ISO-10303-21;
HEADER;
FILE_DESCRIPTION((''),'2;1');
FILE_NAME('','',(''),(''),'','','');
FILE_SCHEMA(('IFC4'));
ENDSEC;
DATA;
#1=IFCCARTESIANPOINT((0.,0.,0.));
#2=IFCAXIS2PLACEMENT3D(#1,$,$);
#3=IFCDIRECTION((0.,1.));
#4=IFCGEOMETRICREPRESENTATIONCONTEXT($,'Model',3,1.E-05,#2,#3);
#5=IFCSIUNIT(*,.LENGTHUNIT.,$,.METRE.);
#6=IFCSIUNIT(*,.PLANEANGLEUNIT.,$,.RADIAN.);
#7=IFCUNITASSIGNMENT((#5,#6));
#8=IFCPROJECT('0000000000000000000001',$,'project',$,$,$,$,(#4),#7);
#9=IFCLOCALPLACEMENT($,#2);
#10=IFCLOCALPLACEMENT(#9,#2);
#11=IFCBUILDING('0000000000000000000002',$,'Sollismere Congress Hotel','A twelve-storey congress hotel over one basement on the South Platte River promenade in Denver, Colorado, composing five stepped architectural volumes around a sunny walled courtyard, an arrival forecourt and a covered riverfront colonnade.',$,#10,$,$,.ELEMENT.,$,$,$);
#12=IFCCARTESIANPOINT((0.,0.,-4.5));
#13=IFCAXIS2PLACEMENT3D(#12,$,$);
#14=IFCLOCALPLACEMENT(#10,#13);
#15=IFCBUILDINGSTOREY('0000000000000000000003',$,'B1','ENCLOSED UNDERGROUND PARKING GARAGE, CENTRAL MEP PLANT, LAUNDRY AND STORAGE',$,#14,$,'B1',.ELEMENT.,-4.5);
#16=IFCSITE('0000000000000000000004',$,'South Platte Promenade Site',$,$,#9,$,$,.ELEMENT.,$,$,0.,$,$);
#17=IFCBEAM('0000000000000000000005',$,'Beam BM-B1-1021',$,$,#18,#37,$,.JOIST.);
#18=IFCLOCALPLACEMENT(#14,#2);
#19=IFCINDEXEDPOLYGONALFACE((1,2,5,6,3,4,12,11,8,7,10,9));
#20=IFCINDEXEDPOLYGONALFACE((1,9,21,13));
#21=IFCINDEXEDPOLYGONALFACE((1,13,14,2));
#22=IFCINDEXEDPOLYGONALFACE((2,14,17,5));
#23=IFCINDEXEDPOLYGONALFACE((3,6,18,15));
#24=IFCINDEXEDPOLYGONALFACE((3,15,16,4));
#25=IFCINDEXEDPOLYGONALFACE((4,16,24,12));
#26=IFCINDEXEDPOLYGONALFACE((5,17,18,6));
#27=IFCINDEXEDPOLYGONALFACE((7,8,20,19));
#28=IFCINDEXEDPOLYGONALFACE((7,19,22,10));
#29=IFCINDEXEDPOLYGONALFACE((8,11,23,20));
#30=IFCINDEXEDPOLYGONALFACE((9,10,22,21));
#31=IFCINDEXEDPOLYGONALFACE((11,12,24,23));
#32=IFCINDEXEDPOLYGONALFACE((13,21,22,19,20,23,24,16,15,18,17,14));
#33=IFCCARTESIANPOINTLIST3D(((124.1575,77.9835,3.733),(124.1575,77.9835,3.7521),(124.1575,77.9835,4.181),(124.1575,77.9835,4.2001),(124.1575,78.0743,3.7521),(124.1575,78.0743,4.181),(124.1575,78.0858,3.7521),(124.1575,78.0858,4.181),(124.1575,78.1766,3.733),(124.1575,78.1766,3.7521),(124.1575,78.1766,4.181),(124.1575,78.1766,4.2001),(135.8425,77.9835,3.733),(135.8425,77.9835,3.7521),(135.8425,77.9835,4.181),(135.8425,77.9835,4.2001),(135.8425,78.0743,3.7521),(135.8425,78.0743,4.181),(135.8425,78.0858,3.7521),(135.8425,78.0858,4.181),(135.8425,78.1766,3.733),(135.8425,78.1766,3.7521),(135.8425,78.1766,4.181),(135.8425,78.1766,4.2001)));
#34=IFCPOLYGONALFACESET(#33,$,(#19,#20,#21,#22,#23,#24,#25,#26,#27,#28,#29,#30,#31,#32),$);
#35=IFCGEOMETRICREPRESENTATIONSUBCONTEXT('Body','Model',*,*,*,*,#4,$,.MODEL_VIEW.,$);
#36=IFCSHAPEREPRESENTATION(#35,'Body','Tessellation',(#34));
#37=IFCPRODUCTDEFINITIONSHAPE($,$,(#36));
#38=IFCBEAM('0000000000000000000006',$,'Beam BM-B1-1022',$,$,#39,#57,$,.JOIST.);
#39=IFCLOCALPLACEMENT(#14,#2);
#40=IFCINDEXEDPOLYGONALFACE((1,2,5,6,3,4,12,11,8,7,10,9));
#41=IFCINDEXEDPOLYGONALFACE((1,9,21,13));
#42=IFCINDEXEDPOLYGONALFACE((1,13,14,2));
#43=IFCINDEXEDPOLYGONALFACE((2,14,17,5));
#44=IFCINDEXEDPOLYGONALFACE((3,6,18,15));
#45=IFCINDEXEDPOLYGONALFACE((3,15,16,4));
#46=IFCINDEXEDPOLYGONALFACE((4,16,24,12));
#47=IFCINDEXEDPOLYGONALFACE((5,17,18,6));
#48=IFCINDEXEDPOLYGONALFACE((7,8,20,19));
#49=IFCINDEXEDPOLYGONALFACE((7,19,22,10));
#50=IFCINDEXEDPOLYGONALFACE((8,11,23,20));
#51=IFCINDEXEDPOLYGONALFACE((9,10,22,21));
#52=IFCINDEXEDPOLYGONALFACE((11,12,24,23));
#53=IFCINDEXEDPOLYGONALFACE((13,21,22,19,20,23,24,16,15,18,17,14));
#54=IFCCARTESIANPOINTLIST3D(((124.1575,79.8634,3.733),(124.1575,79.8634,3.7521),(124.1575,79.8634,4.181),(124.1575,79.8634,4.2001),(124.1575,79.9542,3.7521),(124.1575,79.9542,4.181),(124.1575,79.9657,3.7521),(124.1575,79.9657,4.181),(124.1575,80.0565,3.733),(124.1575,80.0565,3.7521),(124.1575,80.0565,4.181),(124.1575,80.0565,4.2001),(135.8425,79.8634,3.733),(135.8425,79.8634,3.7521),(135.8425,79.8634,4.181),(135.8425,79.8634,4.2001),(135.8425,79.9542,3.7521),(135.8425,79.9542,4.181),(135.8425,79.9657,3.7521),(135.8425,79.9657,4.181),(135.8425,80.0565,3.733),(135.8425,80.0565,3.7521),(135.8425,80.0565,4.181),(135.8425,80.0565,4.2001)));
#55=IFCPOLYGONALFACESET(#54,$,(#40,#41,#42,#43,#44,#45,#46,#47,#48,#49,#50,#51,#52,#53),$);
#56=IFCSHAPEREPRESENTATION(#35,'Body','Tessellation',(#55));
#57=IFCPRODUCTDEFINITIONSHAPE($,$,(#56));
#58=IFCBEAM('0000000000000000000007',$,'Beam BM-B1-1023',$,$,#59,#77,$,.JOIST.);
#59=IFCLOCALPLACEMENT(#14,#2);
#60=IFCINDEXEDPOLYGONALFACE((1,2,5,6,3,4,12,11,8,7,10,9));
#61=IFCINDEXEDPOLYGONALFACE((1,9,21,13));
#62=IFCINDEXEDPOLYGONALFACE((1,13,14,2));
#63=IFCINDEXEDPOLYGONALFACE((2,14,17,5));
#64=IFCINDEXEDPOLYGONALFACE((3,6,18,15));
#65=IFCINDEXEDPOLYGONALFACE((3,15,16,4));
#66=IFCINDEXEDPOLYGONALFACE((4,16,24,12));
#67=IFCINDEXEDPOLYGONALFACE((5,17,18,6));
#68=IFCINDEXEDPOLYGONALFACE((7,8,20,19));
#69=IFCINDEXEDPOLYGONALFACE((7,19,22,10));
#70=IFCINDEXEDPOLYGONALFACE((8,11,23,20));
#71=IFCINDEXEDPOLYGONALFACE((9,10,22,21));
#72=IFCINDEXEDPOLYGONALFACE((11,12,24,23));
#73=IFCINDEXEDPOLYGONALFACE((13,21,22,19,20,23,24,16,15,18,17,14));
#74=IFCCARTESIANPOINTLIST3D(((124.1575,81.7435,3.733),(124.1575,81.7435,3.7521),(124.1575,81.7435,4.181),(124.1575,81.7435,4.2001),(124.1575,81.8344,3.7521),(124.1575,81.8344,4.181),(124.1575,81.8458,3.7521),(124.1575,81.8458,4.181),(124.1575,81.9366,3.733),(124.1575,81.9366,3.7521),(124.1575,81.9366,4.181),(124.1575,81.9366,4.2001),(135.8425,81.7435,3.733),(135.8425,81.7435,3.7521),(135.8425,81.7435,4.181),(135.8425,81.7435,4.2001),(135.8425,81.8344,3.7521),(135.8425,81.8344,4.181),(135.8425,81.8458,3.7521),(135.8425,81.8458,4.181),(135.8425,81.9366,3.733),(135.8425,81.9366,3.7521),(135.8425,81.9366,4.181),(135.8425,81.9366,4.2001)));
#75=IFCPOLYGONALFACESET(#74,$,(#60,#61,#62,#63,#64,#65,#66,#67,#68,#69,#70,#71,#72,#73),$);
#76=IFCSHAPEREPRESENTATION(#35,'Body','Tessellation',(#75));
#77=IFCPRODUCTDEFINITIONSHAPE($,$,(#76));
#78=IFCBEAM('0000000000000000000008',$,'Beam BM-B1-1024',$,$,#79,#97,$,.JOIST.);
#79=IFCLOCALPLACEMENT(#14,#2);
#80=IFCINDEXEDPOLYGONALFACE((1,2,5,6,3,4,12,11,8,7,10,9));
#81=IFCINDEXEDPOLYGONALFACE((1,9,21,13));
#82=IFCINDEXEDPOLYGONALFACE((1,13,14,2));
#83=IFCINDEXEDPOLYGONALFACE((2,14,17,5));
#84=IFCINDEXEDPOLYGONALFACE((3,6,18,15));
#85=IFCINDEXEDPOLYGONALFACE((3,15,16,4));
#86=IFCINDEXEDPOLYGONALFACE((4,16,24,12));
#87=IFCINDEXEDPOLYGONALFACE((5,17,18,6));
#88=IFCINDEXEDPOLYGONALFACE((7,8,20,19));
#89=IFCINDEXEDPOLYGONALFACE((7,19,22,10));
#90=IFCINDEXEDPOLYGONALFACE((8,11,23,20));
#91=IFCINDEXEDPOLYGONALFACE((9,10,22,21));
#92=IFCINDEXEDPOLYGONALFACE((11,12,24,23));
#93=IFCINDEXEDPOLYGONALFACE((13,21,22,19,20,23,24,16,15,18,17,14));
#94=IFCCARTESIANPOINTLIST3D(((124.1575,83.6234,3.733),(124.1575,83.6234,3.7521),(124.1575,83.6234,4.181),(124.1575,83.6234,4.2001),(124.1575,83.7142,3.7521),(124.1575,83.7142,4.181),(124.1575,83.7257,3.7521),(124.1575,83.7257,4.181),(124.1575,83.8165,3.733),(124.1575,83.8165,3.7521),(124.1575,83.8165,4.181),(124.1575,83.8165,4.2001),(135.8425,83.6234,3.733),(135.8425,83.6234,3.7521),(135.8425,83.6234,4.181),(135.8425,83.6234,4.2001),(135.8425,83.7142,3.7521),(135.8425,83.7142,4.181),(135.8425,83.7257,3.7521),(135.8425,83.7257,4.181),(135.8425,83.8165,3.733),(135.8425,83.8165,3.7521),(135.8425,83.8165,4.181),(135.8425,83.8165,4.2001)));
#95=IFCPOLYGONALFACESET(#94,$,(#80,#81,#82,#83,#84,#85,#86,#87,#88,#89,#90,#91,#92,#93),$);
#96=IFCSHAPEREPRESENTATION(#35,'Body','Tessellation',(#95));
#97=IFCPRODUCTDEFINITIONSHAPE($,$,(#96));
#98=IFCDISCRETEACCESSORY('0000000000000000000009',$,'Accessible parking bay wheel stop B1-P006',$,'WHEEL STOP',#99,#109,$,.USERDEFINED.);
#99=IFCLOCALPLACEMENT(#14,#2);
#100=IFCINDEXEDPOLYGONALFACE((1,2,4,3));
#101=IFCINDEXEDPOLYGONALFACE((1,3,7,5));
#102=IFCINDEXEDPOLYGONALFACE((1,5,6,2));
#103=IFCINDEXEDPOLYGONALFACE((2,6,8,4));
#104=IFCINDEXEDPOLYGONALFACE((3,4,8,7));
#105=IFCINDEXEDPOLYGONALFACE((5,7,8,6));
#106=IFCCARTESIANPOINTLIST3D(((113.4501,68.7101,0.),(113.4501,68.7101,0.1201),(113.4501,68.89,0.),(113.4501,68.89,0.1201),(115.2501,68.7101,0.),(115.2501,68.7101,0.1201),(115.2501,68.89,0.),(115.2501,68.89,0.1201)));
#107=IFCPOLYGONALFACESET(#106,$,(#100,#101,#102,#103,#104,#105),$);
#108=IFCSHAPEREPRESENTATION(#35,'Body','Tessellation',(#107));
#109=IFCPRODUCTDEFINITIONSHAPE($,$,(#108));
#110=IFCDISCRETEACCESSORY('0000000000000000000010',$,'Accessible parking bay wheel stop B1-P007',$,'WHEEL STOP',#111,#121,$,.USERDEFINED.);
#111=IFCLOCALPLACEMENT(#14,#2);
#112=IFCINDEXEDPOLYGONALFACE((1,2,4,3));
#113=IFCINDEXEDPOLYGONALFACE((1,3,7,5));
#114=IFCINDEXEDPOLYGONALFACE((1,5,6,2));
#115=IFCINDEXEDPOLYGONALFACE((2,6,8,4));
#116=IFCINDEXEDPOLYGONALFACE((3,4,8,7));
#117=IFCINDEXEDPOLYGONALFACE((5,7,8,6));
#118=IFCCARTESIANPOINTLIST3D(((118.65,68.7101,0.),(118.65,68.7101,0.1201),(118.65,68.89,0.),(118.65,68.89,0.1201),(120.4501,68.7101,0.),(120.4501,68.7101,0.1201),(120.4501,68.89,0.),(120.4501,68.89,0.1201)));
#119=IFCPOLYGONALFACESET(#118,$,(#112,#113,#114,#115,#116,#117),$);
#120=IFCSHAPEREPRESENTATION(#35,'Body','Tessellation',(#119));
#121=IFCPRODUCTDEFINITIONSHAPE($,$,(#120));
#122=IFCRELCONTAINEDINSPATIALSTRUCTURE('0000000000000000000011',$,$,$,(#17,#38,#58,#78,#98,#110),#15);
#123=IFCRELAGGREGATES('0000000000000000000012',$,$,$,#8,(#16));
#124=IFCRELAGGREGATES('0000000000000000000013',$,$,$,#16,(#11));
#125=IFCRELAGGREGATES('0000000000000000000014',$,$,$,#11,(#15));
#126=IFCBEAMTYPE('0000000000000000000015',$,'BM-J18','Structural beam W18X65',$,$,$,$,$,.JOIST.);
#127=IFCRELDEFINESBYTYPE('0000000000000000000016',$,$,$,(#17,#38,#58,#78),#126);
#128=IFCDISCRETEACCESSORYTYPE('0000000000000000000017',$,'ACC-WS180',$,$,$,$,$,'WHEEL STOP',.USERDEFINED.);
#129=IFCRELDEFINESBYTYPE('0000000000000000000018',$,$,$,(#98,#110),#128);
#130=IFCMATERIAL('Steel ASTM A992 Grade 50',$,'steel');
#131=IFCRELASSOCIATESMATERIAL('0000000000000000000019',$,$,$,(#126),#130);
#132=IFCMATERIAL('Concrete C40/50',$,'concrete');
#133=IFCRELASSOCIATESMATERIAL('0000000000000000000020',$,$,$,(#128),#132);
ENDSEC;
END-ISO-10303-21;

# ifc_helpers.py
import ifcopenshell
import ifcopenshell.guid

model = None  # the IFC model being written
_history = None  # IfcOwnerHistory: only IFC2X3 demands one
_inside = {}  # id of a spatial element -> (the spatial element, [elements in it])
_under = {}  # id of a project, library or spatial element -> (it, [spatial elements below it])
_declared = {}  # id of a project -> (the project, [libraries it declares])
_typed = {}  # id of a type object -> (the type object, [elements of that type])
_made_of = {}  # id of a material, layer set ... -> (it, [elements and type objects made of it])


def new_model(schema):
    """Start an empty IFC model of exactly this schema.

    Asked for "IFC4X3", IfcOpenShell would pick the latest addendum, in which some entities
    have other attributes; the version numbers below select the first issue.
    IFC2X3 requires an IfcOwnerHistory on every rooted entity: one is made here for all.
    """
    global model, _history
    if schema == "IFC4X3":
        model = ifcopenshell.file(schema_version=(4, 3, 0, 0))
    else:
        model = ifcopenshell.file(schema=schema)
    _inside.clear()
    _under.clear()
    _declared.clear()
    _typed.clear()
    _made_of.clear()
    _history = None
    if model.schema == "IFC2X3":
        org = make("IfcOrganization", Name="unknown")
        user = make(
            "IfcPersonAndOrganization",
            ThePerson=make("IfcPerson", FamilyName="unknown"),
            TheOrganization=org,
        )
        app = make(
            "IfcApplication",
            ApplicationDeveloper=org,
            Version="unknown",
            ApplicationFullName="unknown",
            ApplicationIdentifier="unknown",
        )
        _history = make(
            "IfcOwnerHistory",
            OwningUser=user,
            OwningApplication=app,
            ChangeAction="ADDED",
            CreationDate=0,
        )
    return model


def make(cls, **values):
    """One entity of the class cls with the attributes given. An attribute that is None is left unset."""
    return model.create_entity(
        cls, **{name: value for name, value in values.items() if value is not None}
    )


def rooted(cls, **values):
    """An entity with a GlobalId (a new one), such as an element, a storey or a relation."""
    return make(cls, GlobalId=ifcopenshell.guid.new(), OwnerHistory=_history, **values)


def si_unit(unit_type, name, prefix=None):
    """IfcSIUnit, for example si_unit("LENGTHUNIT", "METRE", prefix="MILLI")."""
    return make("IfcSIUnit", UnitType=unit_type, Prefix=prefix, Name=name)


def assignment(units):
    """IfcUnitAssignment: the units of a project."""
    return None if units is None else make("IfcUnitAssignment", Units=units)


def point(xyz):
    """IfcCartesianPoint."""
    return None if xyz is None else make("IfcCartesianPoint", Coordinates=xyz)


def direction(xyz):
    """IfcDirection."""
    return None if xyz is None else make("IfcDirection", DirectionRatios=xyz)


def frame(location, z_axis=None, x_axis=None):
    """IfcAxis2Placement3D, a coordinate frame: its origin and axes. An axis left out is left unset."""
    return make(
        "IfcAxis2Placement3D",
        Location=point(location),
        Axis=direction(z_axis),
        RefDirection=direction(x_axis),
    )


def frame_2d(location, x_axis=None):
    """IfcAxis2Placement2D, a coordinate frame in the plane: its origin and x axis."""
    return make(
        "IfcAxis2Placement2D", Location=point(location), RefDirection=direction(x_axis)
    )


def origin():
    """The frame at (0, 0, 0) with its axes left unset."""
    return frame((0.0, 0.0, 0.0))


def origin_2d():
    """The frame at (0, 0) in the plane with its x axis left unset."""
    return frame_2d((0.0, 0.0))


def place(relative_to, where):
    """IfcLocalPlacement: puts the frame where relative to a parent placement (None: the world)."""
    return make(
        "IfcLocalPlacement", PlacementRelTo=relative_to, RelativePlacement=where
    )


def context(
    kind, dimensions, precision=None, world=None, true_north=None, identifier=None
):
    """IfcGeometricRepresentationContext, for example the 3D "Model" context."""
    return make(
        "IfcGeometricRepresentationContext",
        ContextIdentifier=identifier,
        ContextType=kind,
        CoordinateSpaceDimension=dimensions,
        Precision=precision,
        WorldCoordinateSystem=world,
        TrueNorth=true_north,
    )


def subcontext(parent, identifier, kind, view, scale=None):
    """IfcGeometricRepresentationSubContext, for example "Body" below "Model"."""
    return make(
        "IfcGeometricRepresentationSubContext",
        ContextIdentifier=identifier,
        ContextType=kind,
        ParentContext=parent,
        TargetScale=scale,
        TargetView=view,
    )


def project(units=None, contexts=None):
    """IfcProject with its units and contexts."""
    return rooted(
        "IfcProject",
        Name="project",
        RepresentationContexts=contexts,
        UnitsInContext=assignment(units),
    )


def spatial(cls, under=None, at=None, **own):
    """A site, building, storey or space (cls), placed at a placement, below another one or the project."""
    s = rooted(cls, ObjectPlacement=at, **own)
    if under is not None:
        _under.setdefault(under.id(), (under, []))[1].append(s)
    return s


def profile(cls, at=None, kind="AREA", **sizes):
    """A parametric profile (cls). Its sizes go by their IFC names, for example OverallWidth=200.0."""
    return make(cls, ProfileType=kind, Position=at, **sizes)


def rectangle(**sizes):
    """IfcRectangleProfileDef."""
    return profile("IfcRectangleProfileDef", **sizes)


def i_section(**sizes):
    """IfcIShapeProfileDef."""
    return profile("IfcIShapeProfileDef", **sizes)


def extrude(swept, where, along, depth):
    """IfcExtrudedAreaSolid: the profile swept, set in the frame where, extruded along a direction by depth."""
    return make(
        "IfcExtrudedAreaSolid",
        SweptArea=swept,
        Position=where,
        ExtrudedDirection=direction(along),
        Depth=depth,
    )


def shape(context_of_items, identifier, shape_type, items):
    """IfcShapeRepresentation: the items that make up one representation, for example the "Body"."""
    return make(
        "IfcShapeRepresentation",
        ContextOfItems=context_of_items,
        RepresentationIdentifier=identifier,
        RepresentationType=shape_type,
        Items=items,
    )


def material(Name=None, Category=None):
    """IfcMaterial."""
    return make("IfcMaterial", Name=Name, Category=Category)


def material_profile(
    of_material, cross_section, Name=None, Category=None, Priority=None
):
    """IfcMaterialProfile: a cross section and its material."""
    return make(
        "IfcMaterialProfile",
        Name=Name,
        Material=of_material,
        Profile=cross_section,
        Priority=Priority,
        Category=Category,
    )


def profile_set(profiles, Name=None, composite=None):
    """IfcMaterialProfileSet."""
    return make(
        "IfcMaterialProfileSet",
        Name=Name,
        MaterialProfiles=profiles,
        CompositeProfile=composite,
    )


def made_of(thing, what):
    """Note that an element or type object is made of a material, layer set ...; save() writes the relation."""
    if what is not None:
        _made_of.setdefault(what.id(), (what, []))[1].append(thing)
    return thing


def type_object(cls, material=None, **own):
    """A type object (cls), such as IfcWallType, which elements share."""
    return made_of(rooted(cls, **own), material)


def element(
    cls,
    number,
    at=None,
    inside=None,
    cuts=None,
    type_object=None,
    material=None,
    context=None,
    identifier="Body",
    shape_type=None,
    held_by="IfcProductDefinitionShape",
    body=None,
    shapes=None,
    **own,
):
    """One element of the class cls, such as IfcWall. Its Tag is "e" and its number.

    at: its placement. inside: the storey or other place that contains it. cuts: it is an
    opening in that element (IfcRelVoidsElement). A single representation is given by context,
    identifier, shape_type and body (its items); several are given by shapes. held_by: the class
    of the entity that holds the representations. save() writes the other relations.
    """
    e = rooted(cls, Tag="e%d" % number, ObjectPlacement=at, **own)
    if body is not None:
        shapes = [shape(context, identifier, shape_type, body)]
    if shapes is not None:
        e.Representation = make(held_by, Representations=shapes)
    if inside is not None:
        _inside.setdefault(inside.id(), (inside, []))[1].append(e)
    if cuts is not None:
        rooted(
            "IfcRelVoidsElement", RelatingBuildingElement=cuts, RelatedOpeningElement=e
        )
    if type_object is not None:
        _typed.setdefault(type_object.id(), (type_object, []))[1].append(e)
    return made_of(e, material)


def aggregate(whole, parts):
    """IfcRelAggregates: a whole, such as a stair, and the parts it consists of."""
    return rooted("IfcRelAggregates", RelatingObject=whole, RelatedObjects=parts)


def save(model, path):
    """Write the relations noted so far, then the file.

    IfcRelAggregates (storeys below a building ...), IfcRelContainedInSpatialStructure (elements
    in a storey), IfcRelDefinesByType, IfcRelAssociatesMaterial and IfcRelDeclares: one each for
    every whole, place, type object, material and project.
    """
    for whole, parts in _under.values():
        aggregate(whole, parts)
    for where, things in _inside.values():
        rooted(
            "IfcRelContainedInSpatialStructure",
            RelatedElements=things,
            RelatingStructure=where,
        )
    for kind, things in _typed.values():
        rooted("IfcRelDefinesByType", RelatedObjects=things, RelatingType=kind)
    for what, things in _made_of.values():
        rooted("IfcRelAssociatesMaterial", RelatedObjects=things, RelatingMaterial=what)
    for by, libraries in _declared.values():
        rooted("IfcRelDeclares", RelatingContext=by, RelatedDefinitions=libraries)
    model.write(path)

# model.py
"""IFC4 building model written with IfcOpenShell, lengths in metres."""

from ifc_helpers import new_model, si_unit, direction, frame, origin, origin_2d, place, context, subcontext, project, spatial, rectangle, i_section, extrude, material, material_profile, profile_set, type_object, element, save


model = new_model("IFC4")

# Units and contexts
model_context = context("Model", 3, precision=1e-05, world=origin(), true_north=direction((0.0, 1.0)))
body_context = subcontext(model_context, "Body", "Model", "MODEL_VIEW")
ifc_project = project(units=[si_unit("LENGTHUNIT", "METRE"), si_unit("PLANEANGLEUNIT", "RADIAN")], contexts=[model_context])

# Site, building, storey
site_placement = place(None, origin())
site = spatial("IfcSite", under=ifc_project, at=site_placement, Name="South Platte Promenade Site", CompositionType="ELEMENT", RefElevation=0.0)
building_placement = place(site_placement, origin())
building = spatial("IfcBuilding", under=site, at=building_placement, Name="Sollismere Congress Hotel", Description="A twelve-storey congress hotel over one basement on the South Platte River promenade in Denver, Colorado, composing five stepped architectural volumes around a sunny walled courtyard, an arrival forecourt and a covered riverfront colonnade.", CompositionType="ELEMENT")
storey_placement = place(building_placement, frame((0.0, 0.0, -4.5)))
storey = spatial("IfcBuildingStorey", under=building, at=storey_placement, Name="B1", Description="ENCLOSED UNDERGROUND PARKING GARAGE, CENTRAL MEP PLANT, LAUNDRY AND STORAGE", LongName="B1", CompositionType="ELEMENT", Elevation=-4.5)

# Shared definitions
ifc_material_1 = material(Name="Concrete C40/50", Category="concrete")

# Beams
ifc_material_2 = material(Name="Steel ASTM A992 Grade 50", Category="steel")
ifc_material_profile_1 = material_profile(ifc_material_2, i_section(OverallWidth=0.1931, OverallDepth=0.467, WebThickness=0.0115, FlangeThickness=0.019, at=origin_2d()), Name="W18X65")
ifc_profile_set_1 = profile_set([ifc_material_profile_1], Name="Steel ASTM A992 Grade 50")
beam_type_1 = type_object("IfcBeamType", Name="BM-J18", Description="Structural beam W18X65", PredefinedType="JOIST", material=ifc_profile_set_1)
for number, where, z_axis, x_axis, name in (
    (1, (124.1575, 78.0801, 3.9666), (1.0, 0.0, 0.0), (0.0, 1.0, 0.0), "Beam BM-B1-1021"),
    (2, (124.1575, 79.96, 3.9666), (1.0, 0.0, 0.0), (0.0, 1.0, 0.0), "Beam BM-B1-1022"),
    (3, (124.1575, 81.8401, 3.9666), (1.0, 0.0, 0.0), (0.0, 1.0, 0.0), "Beam BM-B1-1023"),
    (4, (124.1575, 83.72, 3.9666), (1.0, 0.0, 0.0), (0.0, 1.0, 0.0), "Beam BM-B1-1024"),
):
    element("IfcBeam", number, at=place(storey_placement, frame(where, z_axis=z_axis, x_axis=x_axis)), inside=storey, type_object=beam_type_1, Name=name, PredefinedType="JOIST", context=body_context, shape_type="SweptSolid", body=[
        extrude(i_section(OverallWidth=0.1931, OverallDepth=0.467, WebThickness=0.0115, FlangeThickness=0.019, at=origin_2d()), origin(), (0.0, 0.0, 1.0), 11.6851),
    ])

# Discrete accessories
discrete_accessory_type = type_object("IfcDiscreteAccessoryType", Name="ACC-WS180", ElementType="WHEEL STOP", PredefinedType="USERDEFINED", material=ifc_material_1)
for number, where, z_axis, x_axis, name in (
    (5, (114.3501, 68.8, 0.0), (0.0, 0.0, 1.0), (1.0, 0.0, 0.0), "Accessible parking bay wheel stop B1-P006"),
    (6, (119.55, 68.8, 0.0), (0.0, 0.0, 1.0), (1.0, 0.0, 0.0), "Accessible parking bay wheel stop B1-P007"),
):
    element("IfcDiscreteAccessory", number, at=place(storey_placement, frame(where, z_axis=z_axis, x_axis=x_axis)), inside=storey, type_object=discrete_accessory_type, Name=name, ObjectType="WHEEL STOP", PredefinedType="USERDEFINED", context=body_context, shape_type="SweptSolid", body=[
        extrude(rectangle(XDim=1.8, YDim=0.1799, at=origin_2d()), origin(), (0.0, 0.0, 1.0), 0.1201),
    ])

save(model, "model.ifc")
